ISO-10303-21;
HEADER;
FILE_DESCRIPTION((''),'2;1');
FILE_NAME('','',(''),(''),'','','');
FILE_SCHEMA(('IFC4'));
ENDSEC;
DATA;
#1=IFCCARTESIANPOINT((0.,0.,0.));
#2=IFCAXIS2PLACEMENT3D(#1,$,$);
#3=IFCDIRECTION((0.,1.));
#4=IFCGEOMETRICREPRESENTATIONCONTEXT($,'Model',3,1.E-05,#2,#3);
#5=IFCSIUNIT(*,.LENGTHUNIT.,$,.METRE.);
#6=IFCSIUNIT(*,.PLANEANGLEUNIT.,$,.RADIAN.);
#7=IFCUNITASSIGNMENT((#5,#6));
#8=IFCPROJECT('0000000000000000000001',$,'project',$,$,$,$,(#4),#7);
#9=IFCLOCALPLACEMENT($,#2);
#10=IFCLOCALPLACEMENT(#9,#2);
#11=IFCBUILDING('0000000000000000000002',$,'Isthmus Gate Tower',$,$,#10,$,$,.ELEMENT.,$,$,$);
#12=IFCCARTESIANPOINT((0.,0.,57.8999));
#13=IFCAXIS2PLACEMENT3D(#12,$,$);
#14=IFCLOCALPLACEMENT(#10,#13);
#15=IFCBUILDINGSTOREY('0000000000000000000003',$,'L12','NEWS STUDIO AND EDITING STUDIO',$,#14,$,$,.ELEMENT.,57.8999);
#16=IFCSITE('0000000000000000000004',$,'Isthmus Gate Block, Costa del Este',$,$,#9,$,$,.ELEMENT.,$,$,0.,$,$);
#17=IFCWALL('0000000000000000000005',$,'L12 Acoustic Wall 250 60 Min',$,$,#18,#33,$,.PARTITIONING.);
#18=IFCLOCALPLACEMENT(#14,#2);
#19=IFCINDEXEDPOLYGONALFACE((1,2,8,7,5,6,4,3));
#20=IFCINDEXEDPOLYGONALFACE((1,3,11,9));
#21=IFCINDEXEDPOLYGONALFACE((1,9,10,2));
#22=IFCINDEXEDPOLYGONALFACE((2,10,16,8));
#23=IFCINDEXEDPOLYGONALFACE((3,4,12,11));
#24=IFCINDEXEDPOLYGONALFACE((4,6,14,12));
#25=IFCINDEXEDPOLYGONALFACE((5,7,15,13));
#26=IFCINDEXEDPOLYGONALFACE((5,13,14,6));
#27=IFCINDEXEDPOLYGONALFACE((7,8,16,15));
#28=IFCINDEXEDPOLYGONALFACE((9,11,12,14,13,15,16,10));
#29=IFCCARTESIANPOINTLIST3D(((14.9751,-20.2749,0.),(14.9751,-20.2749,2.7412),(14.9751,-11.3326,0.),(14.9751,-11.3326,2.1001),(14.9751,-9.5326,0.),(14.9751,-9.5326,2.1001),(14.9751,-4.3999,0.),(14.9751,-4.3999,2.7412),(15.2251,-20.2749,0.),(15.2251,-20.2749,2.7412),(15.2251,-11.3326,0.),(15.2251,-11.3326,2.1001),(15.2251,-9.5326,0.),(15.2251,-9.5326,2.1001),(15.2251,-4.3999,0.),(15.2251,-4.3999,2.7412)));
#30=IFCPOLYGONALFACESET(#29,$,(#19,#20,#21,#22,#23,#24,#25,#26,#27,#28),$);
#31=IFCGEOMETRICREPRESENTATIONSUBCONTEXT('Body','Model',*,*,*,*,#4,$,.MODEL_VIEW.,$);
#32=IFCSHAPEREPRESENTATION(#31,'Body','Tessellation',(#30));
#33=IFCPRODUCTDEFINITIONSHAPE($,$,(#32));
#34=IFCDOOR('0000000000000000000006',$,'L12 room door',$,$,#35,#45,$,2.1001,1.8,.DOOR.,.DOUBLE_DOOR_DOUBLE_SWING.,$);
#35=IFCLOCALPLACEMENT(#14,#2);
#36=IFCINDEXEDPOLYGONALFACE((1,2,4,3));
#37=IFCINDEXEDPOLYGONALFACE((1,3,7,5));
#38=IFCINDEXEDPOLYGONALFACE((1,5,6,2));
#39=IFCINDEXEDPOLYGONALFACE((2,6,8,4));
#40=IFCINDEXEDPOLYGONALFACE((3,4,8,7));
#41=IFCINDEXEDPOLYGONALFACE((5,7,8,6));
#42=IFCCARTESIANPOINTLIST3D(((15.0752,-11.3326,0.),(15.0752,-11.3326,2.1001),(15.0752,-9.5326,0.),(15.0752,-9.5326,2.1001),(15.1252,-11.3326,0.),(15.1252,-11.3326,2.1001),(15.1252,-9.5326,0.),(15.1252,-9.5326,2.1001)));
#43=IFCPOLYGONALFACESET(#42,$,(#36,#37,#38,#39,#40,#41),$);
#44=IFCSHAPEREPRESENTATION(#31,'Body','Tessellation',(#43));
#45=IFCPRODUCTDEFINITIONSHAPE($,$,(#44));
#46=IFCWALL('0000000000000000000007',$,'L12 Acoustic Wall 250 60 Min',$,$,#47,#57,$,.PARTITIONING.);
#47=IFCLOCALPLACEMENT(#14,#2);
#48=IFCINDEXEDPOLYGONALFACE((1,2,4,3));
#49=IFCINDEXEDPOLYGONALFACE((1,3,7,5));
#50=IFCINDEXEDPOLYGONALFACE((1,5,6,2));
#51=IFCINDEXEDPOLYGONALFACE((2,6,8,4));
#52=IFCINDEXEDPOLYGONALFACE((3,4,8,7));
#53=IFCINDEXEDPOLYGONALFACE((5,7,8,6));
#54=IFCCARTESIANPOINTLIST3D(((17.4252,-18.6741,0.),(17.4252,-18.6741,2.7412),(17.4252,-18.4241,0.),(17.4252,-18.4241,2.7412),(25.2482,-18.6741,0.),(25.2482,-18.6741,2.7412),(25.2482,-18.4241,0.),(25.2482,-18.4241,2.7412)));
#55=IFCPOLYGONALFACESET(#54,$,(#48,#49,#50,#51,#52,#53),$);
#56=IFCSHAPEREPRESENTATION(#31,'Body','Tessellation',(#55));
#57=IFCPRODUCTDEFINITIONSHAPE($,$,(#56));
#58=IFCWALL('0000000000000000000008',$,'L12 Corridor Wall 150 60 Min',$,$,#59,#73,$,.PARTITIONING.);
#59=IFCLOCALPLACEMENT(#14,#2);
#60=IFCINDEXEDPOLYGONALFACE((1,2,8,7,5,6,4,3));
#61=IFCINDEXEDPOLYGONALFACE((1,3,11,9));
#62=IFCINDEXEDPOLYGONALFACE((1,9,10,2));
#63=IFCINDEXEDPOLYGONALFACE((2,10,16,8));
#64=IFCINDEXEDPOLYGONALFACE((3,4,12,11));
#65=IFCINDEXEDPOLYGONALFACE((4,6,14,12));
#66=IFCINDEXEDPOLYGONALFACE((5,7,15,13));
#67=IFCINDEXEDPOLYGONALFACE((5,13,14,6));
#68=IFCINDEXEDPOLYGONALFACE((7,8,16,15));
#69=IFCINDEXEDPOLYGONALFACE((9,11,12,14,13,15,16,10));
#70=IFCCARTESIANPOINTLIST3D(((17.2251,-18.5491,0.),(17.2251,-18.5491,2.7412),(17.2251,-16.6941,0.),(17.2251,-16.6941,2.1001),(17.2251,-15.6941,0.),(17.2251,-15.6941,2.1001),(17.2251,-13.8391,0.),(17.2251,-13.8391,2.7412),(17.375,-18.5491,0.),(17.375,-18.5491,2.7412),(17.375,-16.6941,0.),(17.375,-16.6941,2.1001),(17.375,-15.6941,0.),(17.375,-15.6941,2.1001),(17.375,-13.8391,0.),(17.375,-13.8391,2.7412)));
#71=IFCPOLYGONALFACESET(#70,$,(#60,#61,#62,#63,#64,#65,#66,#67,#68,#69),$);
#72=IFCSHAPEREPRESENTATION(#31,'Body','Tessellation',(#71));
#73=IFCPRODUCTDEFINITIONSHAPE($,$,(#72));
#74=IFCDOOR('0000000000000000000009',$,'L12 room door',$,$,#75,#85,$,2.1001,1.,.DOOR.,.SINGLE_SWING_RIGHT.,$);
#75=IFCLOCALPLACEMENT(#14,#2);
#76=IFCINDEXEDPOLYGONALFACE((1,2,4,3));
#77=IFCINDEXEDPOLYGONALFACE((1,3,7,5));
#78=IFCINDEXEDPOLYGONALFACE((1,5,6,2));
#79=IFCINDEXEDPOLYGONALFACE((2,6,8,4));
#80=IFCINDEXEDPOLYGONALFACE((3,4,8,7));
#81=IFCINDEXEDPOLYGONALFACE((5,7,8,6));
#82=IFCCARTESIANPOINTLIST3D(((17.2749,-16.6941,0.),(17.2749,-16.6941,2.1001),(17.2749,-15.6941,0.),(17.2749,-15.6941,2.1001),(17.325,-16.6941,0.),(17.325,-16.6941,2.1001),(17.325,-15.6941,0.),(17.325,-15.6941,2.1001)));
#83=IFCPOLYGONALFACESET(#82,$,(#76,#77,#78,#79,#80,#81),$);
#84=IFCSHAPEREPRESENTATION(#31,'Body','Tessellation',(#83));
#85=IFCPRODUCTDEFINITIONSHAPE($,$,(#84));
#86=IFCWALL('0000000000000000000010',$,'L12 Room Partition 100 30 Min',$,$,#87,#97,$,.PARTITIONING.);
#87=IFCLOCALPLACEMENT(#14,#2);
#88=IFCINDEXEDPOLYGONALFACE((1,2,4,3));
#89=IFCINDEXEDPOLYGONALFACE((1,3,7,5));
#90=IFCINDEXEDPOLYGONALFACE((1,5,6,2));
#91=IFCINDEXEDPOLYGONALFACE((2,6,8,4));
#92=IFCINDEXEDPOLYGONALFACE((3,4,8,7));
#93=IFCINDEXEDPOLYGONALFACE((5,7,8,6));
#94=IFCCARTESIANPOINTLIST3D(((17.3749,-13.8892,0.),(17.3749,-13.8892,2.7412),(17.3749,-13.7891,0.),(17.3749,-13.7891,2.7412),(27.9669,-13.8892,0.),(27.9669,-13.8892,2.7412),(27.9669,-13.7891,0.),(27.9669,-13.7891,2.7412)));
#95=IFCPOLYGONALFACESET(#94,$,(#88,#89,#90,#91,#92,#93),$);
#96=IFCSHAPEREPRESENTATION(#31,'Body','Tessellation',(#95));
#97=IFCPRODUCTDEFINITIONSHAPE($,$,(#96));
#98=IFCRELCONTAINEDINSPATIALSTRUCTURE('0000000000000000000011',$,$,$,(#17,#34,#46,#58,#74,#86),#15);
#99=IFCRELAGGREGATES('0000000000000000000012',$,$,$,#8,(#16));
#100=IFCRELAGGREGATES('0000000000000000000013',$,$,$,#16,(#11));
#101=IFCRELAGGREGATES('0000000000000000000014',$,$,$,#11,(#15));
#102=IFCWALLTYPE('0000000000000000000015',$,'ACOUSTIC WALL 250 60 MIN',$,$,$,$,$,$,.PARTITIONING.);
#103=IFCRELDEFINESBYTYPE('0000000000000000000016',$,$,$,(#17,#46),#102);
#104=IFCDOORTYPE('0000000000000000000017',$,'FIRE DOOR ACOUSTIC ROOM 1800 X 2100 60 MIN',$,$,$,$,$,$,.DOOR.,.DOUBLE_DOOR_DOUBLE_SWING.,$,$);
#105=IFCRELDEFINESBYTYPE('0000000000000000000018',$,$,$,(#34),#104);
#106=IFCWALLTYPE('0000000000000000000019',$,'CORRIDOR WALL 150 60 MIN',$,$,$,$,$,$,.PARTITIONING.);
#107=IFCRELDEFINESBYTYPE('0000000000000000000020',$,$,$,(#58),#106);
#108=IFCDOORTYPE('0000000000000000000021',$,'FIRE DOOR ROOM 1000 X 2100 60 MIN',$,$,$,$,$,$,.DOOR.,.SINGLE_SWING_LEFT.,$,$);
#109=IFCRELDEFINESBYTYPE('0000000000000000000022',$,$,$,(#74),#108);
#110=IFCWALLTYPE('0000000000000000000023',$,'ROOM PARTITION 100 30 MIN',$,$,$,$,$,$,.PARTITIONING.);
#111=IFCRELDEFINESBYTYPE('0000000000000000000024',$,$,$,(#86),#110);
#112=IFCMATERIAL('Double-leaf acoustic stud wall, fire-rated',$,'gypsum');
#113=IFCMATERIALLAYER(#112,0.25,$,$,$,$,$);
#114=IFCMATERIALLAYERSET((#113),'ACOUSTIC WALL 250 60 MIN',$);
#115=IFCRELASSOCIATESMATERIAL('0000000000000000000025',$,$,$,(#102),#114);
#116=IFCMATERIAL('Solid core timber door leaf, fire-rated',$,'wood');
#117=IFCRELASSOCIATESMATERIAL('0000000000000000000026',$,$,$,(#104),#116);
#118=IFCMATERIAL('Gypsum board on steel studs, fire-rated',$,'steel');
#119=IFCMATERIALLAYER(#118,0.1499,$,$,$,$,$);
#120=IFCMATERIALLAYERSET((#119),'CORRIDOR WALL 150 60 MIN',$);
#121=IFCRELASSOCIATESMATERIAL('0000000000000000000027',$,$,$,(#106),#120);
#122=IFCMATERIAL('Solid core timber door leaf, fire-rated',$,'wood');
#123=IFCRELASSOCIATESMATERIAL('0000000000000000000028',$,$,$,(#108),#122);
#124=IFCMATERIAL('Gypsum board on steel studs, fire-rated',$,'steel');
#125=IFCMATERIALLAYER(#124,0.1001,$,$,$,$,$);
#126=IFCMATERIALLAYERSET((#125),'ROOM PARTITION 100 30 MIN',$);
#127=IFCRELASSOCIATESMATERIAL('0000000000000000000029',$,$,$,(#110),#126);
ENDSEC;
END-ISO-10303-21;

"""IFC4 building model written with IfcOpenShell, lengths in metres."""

from ifc_helpers import new_model, si_unit, direction, frame, frame_2d, origin, place, context, subcontext, project, spatial, rectangle, extrude, material, layer, layer_set, type_object, element, fill, save


model = new_model("IFC4")

# Units and contexts
model_context = context("Model", 3, precision=1e-05, world=origin(), true_north=direction((0.0, 1.0)))
body_context = subcontext(model_context, "Body", "Model", "MODEL_VIEW")
ifc_project = project(units=[si_unit("LENGTHUNIT", "METRE"), si_unit("PLANEANGLEUNIT", "RADIAN")], contexts=[model_context])

# Site, building, storey
site_placement = place(None, origin())
site = spatial("IfcSite", under=ifc_project, at=site_placement, Name="Isthmus Gate Block, Costa del Este", CompositionType="ELEMENT", RefElevation=0.0)
building_placement = place(site_placement, origin())
building = spatial("IfcBuilding", under=site, at=building_placement, Name="Isthmus Gate Tower", CompositionType="ELEMENT")
storey_placement = place(building_placement, frame((0.0, 0.0, 57.8999)))
storey = spatial("IfcBuildingStorey", under=building, at=storey_placement, Name="L12", Description="NEWS STUDIO AND EDITING STUDIO", CompositionType="ELEMENT", Elevation=57.8999)

# Shared definitions
ifc_material_1 = material(Name="Double-leaf acoustic stud wall, fire-rated", Category="gypsum")
ifc_layer_1 = layer(ifc_material_1, 0.25)
ifc_layer_set_1 = layer_set([ifc_layer_1], Name="ACOUSTIC WALL 250 60 MIN")
wall_type_1 = type_object("IfcWallType", Name="ACOUSTIC WALL 250 60 MIN", PredefinedType="PARTITIONING", material=ifc_layer_set_1)

# Wall, opening, door
wall_1_placement = place(storey_placement, frame((15.1001, -20.2749, 0.0), z_axis=(0.0, 0.0, 1.0), x_axis=(0.0, 1.0, 0.0)))
wall_1 = element("IfcWall", 1, at=wall_1_placement, inside=storey, type_object=wall_type_1, Name="L12 Acoustic Wall 250 60 Min", PredefinedType="PARTITIONING", context=body_context, shape_type="SweptSolid", body=[
    extrude(rectangle(XDim=15.875, YDim=0.25, at=frame_2d((7.9375, 0.0))), origin(), (0.0, 0.0, 1.0), 2.7412),
])
opening_1_placement = place(wall_1_placement, frame((8.9424, 0.0, 0.0)))
opening_1 = element("IfcOpeningElement", 2, at=opening_1_placement, cuts=wall_1, PredefinedType="OPENING", context=body_context, shape_type="SweptSolid", body=[
    extrude(rectangle(XDim=1.8, YDim=2.1001, at=frame_2d((0.8999, 1.05))), frame((0.0, 0.135, 0.0), z_axis=(0.0, -1.0, 0.0), x_axis=(1.0, 0.0, 0.0)), (0.0, 0.0, 1.0), 0.27),
])
ifc_material_2 = material(Name="Solid core timber door leaf, fire-rated", Category="wood")
door_type_1 = type_object("IfcDoorType", Name="FIRE DOOR ACOUSTIC ROOM 1800 X 2100 60 MIN", OperationType="DOUBLE_DOOR_DOUBLE_SWING", PredefinedType="DOOR", material=ifc_material_2)
door_1_placement = place(opening_1_placement, origin())
door_1 = element("IfcDoor", 3, at=door_1_placement, inside=storey, type_object=door_type_1, Name="L12 room door", OperationType="DOUBLE_DOOR_DOUBLE_SWING", OverallHeight=2.1001, OverallWidth=1.8, PredefinedType="DOOR", context=body_context, shape_type="SweptSolid", body=[
    extrude(rectangle(XDim=1.8, YDim=2.1001, at=frame_2d((0.8999, 1.05))), frame((0.0, 0.0249, 0.0), z_axis=(0.0, -1.0, 0.0), x_axis=(1.0, 0.0, 0.0)), (0.0, 0.0, 1.0), 0.05),
])
fill(opening_1, door_1)

# Wall
wall_2_placement = place(storey_placement, frame((17.425, -18.5491, 0.0), z_axis=(0.0, 0.0, 1.0), x_axis=(1.0, 0.0, 0.0)))
element("IfcWall", 4, at=wall_2_placement, inside=storey, type_object=wall_type_1, Name="L12 Acoustic Wall 250 60 Min", PredefinedType="PARTITIONING", context=body_context, shape_type="SweptSolid", body=[
    extrude(rectangle(XDim=7.823, YDim=0.25, at=frame_2d((3.9116, 0.0))), origin(), (0.0, 0.0, 1.0), 2.7412),
])

# Wall, opening, door
ifc_material_3 = material(Name="Gypsum board on steel studs, fire-rated", Category="steel")
ifc_layer_2 = layer(ifc_material_3, 0.1499)
ifc_layer_set_2 = layer_set([ifc_layer_2], Name="CORRIDOR WALL 150 60 MIN")
wall_type_2 = type_object("IfcWallType", Name="CORRIDOR WALL 150 60 MIN", PredefinedType="PARTITIONING", material=ifc_layer_set_2)
wall_3_placement = place(storey_placement, frame((17.3, -13.8391, 0.0), z_axis=(0.0, 0.0, 1.0), x_axis=(0.0, -1.0, 0.0)))
wall_3 = element("IfcWall", 5, at=wall_3_placement, inside=storey, type_object=wall_type_2, Name="L12 Corridor Wall 150 60 Min", PredefinedType="PARTITIONING", context=body_context, shape_type="SweptSolid", body=[
    extrude(rectangle(XDim=4.71, YDim=0.1499, at=frame_2d((2.355, 0.0))), origin(), (0.0, 0.0, 1.0), 2.7412),
])
opening_2_placement = place(wall_3_placement, frame((1.855, 0.0, 0.0)))
opening_2 = element("IfcOpeningElement", 6, at=opening_2_placement, cuts=wall_3, PredefinedType="OPENING", context=body_context, shape_type="SweptSolid", body=[
    extrude(rectangle(XDim=1.0, YDim=2.1001, at=frame_2d((0.5, 1.05))), frame((0.0, 0.085, 0.0), z_axis=(0.0, -1.0, 0.0), x_axis=(1.0, 0.0, 0.0)), (0.0, 0.0, 1.0), 0.1699),
])
ifc_material_4 = material(Name="Solid core timber door leaf, fire-rated", Category="wood")
door_type_2 = type_object("IfcDoorType", Name="FIRE DOOR ROOM 1000 X 2100 60 MIN", OperationType="SINGLE_SWING_LEFT", PredefinedType="DOOR", material=ifc_material_4)
door_2_placement = place(opening_2_placement, origin())
door_2 = element("IfcDoor", 7, at=door_2_placement, inside=storey, type_object=door_type_2, Name="L12 room door", OperationType="SINGLE_SWING_RIGHT", OverallHeight=2.1001, OverallWidth=1.0, PredefinedType="DOOR", context=body_context, shape_type="SweptSolid", body=[
    extrude(rectangle(XDim=1.0, YDim=2.1001, at=frame_2d((0.5, 1.05))), frame((0.0, 0.0249, 0.0), z_axis=(0.0, -1.0, 0.0), x_axis=(1.0, 0.0, 0.0)), (0.0, 0.0, 1.0), 0.05),
])
fill(opening_2, door_2)

# Wall
ifc_material_5 = material(Name="Gypsum board on steel studs, fire-rated", Category="steel")
ifc_layer_3 = layer(ifc_material_5, 0.1001)
ifc_layer_set_3 = layer_set([ifc_layer_3], Name="ROOM PARTITION 100 30 MIN")
wall_type_3 = type_object("IfcWallType", Name="ROOM PARTITION 100 30 MIN", PredefinedType="PARTITIONING", material=ifc_layer_set_3)
wall_4_placement = place(storey_placement, frame((17.375, -13.8391, 0.0), z_axis=(0.0, 0.0, 1.0), x_axis=(1.0, 0.0, 0.0)))
element("IfcWall", 8, at=wall_4_placement, inside=storey, type_object=wall_type_3, Name="L12 Room Partition 100 30 Min", PredefinedType="PARTITIONING", context=body_context, shape_type="SweptSolid", body=[
    extrude(rectangle(XDim=10.592, YDim=0.1001, at=frame_2d((5.2959, 0.0))), origin(), (0.0, 0.0, 1.0), 2.7412),
])

save(model, "model.ifc")
